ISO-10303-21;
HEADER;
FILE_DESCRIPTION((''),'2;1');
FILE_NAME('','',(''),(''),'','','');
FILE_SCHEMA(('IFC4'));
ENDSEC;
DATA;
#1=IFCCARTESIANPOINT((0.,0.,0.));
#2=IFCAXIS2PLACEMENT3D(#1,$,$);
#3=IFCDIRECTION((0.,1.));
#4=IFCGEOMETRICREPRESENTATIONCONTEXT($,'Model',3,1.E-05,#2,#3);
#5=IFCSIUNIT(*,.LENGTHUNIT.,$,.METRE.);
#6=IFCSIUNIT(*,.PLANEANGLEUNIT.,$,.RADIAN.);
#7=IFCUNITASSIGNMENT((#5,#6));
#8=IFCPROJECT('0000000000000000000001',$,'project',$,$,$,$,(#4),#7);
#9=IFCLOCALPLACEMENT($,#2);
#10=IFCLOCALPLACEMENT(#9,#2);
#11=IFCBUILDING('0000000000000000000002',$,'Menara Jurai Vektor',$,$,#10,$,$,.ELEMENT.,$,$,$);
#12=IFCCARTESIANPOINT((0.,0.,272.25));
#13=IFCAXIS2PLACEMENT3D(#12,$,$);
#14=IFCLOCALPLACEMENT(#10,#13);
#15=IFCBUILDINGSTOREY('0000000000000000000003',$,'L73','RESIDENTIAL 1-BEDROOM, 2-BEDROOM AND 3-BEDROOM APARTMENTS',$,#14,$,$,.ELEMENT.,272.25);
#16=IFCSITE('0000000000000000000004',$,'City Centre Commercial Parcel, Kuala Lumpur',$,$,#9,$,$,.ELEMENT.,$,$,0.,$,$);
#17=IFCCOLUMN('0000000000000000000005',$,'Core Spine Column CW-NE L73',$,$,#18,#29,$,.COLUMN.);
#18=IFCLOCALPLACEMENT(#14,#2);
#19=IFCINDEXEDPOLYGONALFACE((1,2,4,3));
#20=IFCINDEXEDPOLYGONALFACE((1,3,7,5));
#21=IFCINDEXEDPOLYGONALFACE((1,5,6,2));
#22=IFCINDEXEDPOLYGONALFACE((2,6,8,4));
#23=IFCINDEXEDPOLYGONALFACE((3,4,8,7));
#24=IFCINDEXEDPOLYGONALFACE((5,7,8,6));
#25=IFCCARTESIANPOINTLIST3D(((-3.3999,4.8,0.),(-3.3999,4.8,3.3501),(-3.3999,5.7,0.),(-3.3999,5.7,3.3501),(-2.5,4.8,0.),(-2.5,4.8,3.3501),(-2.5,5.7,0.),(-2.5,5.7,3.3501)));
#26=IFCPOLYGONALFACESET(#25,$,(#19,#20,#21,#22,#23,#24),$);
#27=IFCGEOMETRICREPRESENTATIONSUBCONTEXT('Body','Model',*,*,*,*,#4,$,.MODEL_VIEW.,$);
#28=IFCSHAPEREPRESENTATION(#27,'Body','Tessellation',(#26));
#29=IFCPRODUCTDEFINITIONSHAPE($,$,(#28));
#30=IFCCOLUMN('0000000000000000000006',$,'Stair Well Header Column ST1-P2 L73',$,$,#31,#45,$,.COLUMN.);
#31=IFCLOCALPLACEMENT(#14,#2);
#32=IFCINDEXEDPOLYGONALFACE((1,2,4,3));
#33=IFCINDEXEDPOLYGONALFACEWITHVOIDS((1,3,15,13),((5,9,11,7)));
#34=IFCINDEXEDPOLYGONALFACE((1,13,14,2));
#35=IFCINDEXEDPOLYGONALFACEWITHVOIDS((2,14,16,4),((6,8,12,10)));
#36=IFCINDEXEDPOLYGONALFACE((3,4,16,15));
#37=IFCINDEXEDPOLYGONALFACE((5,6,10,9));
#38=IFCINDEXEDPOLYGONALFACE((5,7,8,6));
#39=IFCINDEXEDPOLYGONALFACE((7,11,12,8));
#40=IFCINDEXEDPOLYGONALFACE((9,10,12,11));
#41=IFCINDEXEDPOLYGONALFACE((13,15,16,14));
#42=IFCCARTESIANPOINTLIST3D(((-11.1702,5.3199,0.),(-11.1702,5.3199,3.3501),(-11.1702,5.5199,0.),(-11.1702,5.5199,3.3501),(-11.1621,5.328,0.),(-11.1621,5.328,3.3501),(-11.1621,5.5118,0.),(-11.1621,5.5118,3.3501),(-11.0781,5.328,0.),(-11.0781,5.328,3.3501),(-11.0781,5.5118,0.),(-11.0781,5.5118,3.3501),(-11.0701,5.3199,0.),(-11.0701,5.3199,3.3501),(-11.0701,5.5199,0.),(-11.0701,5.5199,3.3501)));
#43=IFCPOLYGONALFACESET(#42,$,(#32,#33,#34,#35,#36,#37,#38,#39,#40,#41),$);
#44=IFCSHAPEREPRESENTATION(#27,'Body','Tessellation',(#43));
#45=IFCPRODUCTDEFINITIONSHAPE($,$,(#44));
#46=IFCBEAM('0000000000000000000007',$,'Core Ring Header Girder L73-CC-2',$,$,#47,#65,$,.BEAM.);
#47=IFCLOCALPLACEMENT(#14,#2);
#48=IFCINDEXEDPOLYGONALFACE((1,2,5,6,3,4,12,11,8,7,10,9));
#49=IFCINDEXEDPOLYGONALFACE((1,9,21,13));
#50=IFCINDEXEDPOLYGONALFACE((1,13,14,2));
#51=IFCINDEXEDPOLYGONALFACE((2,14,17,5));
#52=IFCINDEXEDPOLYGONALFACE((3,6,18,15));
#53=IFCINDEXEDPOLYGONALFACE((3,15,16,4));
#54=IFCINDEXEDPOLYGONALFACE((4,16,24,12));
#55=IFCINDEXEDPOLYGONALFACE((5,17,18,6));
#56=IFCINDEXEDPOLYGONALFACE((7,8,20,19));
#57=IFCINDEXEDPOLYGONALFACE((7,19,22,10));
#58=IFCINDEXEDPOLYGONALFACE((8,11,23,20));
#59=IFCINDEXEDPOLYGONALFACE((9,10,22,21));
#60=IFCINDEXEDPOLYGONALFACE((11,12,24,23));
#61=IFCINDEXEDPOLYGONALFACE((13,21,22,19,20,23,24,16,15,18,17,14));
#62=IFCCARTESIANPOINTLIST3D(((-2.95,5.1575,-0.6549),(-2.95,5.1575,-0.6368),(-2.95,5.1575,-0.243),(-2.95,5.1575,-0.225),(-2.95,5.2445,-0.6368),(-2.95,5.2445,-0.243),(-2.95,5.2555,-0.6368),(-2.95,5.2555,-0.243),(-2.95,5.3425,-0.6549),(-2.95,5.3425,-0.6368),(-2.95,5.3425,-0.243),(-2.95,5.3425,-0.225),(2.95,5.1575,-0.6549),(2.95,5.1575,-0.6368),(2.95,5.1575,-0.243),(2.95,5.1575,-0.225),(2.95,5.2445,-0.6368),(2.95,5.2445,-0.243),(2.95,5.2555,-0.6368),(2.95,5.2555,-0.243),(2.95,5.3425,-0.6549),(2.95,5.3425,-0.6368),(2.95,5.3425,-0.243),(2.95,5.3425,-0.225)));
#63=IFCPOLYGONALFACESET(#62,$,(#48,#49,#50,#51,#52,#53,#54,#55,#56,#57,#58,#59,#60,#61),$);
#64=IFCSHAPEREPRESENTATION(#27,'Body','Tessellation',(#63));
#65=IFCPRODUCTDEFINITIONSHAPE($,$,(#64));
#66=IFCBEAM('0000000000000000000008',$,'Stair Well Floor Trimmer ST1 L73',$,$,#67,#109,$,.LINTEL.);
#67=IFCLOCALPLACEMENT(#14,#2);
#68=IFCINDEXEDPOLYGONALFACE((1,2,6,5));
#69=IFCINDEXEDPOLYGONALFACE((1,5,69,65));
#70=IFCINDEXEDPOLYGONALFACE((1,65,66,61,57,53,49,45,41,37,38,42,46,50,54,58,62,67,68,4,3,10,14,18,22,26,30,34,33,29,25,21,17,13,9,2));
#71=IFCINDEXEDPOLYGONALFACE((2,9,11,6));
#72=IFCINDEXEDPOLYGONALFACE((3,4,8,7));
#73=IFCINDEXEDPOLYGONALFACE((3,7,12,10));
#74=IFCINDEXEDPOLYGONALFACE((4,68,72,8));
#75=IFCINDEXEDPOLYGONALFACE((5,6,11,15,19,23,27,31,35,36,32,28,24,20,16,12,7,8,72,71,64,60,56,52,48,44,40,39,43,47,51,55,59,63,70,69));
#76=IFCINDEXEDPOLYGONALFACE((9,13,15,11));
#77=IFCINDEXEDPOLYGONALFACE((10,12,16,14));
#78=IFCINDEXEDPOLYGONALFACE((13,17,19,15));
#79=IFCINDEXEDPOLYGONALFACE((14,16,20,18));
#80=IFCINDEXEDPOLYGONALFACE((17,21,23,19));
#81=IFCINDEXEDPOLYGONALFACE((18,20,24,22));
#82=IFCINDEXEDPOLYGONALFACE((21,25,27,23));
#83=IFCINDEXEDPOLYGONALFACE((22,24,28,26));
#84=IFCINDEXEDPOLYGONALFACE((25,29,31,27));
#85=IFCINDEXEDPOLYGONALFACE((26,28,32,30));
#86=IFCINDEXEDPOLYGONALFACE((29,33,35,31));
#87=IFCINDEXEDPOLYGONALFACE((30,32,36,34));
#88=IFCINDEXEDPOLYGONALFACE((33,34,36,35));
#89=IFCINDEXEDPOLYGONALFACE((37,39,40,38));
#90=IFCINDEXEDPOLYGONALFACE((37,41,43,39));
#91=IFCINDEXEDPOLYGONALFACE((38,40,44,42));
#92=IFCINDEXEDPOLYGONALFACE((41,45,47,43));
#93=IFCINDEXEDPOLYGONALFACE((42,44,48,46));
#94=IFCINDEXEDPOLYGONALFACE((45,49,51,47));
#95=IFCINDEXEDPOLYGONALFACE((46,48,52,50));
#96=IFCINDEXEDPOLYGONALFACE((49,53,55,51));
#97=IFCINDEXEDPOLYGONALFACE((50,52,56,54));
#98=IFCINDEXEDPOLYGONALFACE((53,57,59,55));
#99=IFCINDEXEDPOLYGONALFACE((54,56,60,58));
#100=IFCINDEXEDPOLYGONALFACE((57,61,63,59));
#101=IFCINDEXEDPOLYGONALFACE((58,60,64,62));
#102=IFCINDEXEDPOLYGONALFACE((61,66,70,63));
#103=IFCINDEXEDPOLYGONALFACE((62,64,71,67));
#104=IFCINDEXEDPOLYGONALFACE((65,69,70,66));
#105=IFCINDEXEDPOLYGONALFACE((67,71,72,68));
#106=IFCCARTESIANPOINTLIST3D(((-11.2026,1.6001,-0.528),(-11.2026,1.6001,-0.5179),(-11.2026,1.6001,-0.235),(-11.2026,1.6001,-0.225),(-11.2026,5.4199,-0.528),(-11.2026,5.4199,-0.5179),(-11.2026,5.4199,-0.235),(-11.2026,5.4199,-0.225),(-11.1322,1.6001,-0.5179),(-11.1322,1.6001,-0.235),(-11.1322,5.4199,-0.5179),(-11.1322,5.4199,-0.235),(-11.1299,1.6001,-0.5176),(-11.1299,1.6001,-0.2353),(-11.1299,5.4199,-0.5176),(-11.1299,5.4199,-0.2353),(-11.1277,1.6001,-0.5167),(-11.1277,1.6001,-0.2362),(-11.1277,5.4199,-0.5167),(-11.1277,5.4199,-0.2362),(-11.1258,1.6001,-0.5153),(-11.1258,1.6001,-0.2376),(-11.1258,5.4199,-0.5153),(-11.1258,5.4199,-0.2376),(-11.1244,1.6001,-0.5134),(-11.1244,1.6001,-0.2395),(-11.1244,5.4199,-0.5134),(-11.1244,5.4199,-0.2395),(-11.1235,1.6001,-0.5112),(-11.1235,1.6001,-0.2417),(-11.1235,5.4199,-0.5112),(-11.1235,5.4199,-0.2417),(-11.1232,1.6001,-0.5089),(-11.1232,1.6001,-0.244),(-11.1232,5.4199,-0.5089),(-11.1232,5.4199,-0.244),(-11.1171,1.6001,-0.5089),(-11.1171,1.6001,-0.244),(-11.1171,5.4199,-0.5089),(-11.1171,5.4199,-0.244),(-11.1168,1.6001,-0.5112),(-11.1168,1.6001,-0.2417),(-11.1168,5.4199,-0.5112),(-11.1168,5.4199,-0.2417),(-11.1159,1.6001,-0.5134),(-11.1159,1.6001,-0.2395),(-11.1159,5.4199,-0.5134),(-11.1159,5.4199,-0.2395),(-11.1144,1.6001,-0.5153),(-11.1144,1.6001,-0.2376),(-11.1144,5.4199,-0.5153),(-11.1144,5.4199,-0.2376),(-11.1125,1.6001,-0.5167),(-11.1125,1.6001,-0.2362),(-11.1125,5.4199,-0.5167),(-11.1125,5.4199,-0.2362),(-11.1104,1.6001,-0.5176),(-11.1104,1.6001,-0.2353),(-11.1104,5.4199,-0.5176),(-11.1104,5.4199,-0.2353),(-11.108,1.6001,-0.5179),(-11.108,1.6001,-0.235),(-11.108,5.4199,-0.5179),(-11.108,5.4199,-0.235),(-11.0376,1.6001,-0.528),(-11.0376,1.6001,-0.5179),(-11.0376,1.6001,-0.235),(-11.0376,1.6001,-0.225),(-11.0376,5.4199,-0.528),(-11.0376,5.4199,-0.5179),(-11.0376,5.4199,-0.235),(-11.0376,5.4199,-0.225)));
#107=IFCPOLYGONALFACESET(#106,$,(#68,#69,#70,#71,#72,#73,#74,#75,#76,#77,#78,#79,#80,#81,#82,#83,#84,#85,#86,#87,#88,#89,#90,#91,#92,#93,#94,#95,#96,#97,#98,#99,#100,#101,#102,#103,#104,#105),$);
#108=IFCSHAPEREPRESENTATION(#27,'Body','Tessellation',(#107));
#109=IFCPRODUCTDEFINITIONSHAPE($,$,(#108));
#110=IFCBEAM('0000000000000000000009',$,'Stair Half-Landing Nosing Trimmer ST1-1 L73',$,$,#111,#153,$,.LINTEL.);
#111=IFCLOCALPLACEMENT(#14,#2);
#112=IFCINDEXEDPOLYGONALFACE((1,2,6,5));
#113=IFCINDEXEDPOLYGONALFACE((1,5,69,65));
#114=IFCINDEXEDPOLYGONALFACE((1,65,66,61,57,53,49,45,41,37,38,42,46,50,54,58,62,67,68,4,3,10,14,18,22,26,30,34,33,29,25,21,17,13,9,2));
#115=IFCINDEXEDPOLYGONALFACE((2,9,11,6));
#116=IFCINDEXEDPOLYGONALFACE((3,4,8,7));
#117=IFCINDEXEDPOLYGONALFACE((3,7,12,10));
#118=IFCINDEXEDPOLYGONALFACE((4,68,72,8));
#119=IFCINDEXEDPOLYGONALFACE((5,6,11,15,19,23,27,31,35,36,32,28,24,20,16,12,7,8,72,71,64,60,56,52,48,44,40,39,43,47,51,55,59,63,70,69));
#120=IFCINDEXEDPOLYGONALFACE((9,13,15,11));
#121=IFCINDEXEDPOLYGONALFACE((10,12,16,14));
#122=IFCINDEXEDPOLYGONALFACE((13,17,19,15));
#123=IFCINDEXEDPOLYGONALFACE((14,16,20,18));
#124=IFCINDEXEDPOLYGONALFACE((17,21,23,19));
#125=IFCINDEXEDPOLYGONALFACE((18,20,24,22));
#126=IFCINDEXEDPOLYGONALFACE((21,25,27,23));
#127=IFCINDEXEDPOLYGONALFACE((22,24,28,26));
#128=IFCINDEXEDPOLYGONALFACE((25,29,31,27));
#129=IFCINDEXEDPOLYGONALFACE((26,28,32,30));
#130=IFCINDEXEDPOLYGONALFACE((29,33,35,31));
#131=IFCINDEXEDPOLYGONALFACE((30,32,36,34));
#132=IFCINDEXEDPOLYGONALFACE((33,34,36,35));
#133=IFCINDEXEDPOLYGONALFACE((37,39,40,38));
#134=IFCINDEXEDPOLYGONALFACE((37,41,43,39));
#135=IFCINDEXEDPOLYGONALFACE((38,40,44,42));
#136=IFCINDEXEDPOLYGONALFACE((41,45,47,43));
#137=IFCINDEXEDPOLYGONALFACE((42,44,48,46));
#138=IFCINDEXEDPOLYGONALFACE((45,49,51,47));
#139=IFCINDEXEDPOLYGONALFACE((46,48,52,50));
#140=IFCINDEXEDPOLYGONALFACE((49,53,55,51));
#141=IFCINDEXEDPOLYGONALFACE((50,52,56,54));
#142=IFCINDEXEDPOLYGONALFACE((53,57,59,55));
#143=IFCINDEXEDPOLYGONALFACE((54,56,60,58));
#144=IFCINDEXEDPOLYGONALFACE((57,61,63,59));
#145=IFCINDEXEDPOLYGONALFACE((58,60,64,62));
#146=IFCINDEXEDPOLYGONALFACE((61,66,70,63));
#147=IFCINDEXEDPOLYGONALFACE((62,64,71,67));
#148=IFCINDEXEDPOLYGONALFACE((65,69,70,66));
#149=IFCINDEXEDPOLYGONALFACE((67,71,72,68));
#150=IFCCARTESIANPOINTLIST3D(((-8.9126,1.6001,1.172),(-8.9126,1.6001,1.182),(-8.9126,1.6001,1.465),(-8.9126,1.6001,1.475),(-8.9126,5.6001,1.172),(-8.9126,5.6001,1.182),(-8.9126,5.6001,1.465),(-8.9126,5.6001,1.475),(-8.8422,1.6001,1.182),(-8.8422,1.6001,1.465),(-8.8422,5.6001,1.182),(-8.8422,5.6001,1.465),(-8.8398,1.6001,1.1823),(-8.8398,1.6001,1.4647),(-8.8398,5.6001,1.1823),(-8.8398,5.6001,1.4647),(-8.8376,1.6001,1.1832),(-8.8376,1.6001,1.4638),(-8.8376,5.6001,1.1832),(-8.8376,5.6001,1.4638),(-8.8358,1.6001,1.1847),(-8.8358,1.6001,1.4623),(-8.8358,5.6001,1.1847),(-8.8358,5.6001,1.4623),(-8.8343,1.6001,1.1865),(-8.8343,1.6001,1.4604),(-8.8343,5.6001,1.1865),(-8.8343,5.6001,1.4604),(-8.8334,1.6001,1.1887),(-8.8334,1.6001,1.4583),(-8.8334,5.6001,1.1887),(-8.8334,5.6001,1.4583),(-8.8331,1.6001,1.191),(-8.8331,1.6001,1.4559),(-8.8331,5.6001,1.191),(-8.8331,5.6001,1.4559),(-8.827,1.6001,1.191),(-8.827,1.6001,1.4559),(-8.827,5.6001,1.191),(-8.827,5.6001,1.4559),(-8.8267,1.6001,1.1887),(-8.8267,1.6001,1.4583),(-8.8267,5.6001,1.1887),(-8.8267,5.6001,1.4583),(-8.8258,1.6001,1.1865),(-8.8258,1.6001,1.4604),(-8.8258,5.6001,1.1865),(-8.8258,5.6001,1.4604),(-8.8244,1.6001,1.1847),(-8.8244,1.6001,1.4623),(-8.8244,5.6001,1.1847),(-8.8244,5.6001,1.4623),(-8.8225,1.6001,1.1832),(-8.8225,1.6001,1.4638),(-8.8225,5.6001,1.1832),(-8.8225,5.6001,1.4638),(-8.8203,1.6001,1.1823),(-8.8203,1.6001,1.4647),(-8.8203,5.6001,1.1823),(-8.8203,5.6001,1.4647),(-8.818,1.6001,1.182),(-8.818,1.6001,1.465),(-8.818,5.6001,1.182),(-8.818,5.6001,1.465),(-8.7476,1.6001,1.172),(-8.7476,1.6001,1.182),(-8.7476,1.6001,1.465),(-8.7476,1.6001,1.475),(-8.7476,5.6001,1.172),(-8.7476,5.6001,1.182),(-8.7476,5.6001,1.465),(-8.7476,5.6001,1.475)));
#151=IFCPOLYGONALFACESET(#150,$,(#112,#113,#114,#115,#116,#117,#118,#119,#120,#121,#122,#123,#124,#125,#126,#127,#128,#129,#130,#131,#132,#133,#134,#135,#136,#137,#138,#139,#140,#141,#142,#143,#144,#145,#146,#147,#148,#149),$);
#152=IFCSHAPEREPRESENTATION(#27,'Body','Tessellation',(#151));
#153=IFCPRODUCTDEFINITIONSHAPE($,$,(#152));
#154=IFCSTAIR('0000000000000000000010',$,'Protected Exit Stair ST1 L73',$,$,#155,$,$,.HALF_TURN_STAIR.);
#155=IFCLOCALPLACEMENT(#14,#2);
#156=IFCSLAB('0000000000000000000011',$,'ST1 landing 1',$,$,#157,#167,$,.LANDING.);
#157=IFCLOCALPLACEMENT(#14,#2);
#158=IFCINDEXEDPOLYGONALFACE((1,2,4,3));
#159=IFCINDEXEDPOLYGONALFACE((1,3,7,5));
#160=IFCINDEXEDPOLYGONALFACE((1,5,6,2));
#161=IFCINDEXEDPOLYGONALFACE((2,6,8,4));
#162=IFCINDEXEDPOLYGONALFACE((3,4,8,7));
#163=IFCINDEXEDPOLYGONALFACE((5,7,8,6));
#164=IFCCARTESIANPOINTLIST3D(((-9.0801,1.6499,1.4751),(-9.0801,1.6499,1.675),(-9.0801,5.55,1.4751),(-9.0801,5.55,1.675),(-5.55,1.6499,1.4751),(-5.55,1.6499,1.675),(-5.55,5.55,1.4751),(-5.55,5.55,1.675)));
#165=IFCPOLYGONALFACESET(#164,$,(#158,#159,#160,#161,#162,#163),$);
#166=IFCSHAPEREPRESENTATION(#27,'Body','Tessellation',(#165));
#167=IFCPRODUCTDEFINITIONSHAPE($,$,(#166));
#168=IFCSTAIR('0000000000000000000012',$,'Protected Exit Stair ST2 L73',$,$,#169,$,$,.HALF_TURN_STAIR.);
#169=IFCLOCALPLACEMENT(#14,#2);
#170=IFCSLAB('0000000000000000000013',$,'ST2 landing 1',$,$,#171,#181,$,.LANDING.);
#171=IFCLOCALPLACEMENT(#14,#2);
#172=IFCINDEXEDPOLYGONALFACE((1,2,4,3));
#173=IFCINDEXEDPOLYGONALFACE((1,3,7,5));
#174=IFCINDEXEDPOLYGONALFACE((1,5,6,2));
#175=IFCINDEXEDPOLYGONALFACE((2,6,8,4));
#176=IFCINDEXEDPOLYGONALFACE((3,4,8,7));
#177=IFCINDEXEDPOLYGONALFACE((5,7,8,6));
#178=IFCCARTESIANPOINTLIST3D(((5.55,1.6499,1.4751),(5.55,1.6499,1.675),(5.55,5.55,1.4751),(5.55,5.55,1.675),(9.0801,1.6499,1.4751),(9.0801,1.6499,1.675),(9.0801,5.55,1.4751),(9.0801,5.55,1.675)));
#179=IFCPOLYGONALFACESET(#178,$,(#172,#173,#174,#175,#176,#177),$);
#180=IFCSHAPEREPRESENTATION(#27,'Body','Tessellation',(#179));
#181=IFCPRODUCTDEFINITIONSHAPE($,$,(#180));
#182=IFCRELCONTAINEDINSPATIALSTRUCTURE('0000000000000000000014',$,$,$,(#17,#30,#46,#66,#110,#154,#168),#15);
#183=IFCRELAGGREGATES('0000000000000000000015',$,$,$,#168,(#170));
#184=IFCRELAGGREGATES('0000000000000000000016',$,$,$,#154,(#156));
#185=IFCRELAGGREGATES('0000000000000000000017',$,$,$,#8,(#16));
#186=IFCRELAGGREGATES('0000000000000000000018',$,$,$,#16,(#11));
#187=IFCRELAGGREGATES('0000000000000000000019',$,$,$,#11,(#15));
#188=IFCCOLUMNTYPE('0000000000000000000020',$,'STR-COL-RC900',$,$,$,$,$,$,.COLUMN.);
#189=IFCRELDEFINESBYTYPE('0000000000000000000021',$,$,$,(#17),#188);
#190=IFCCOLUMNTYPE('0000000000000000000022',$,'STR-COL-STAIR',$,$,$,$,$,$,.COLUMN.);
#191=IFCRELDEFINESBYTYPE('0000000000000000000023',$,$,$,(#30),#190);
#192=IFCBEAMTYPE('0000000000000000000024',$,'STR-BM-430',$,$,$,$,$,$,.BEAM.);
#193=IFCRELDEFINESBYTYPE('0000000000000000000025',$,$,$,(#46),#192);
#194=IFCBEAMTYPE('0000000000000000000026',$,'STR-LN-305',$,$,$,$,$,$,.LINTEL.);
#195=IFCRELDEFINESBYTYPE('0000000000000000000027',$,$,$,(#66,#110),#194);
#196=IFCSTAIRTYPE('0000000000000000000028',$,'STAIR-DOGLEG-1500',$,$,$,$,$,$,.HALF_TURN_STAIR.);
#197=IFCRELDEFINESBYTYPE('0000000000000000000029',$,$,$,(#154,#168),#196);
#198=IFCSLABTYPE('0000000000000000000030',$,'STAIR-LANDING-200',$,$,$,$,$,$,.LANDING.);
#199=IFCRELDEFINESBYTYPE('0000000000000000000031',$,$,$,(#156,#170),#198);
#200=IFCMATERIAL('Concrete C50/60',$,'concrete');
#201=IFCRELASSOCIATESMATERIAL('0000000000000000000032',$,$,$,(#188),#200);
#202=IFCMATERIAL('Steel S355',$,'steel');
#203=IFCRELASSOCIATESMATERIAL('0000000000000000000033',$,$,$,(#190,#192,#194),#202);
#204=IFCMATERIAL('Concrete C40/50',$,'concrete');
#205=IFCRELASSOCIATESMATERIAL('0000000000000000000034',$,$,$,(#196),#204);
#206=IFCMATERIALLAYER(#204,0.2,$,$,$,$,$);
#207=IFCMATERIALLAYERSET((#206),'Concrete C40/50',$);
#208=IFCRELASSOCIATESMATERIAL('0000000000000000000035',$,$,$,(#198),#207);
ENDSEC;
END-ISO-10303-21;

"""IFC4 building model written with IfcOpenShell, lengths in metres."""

from ifc_helpers import new_model, si_unit, direction, frame, origin, origin_2d, place, context, subcontext, project, spatial, polyline, rectangle, hollow_rectangle, i_section, outline, extrude, material, layer, layer_set, material_profile, profile_set, type_object, element, aggregate, save


model = new_model("IFC4")

# Units and contexts
model_context = context("Model", 3, precision=1e-05, world=origin(), true_north=direction((0.0, 1.0)))
body_context = subcontext(model_context, "Body", "Model", "MODEL_VIEW")
ifc_project = project(units=[si_unit("LENGTHUNIT", "METRE"), si_unit("PLANEANGLEUNIT", "RADIAN")], contexts=[model_context])

# Site, building, storey
site_placement = place(None, origin())
site = spatial("IfcSite", under=ifc_project, at=site_placement, Name="City Centre Commercial Parcel, Kuala Lumpur", CompositionType="ELEMENT", RefElevation=0.0)
building_placement = place(site_placement, origin())
building = spatial("IfcBuilding", under=site, at=building_placement, Name="Menara Jurai Vektor", CompositionType="ELEMENT")
storey_placement = place(building_placement, frame((0.0, 0.0, 272.25)))
storey = spatial("IfcBuildingStorey", under=building, at=storey_placement, Name="L73", Description="RESIDENTIAL 1-BEDROOM, 2-BEDROOM AND 3-BEDROOM APARTMENTS", CompositionType="ELEMENT", Elevation=272.25)

# Columns
ifc_material_1 = material(Name="Concrete C50/60", Category="concrete")
ifc_material_profile_1 = material_profile(ifc_material_1, rectangle(XDim=0.8999, YDim=0.8999, at=origin_2d()), Name="RC 900x900")
ifc_profile_set_1 = profile_set([ifc_material_profile_1], Name="Concrete C50/60")
column_type_1 = type_object("IfcColumnType", Name="STR-COL-RC900", PredefinedType="COLUMN", material=ifc_profile_set_1)
column_1_placement = place(storey_placement, frame((-2.95, 5.25, 0.0), z_axis=(0.0, 0.0, 1.0), x_axis=(1.0, 0.0, 0.0)))
element("IfcColumn", 1, at=column_1_placement, inside=storey, type_object=column_type_1, Name="Core Spine Column CW-NE L73", PredefinedType="COLUMN", context=body_context, shape_type="SweptSolid", body=[
    extrude(rectangle(XDim=0.8999, YDim=0.8999, at=origin_2d()), origin(), (0.0, 0.0, 1.0), 3.3501),
])
ifc_material_2 = material(Name="Steel S355", Category="steel")
ifc_material_profile_2 = material_profile(ifc_material_2, hollow_rectangle(XDim=0.1001, YDim=0.2, WallThickness=0.0081, at=origin_2d()), Name="RHS 200x100x8")
ifc_profile_set_2 = profile_set([ifc_material_profile_2], Name="Steel S355")
column_type_2 = type_object("IfcColumnType", Name="STR-COL-STAIR", PredefinedType="COLUMN", material=ifc_profile_set_2)
column_2_placement = place(storey_placement, frame((-11.1201, 5.4199, 0.0), z_axis=(0.0, 0.0, 1.0), x_axis=(1.0, 0.0, 0.0)))
element("IfcColumn", 2, at=column_2_placement, inside=storey, type_object=column_type_2, Name="Stair Well Header Column ST1-P2 L73", PredefinedType="COLUMN", context=body_context, shape_type="SweptSolid", body=[
    extrude(hollow_rectangle(XDim=0.1001, YDim=0.2, WallThickness=0.0081, at=origin_2d()), origin(), (0.0, 0.0, 1.0), 3.3501),
])

# Beams
ifc_material_profile_3 = material_profile(ifc_material_2, i_section(OverallWidth=0.1851, OverallDepth=0.4299, WebThickness=0.011, FlangeThickness=0.0181, at=origin_2d()), Name="PG 430x185x76")
ifc_profile_set_3 = profile_set([ifc_material_profile_3], Name="Steel S355")
beam_type_1 = type_object("IfcBeamType", Name="STR-BM-430", PredefinedType="BEAM", material=ifc_profile_set_3)
beam_1_placement = place(storey_placement, frame((-2.95, 5.25, -0.4399), z_axis=(1.0, 0.0, 0.0), x_axis=(0.0, 1.0, 0.0)))
element("IfcBeam", 3, at=beam_1_placement, inside=storey, type_object=beam_type_1, Name="Core Ring Header Girder L73-CC-2", PredefinedType="BEAM", context=body_context, shape_type="SweptSolid", body=[
    extrude(i_section(OverallWidth=0.1851, OverallDepth=0.4299, WebThickness=0.011, FlangeThickness=0.0181, at=origin_2d()), origin(), (0.0, 0.0, 1.0), 5.8999),
])
ifc_material_profile_4 = material_profile(ifc_material_2, i_section(OverallWidth=0.165, OverallDepth=0.303, WebThickness=0.0061, FlangeThickness=0.01, FilletRadius=0.009, at=origin_2d()), Name="UKB 305x165x40")
ifc_profile_set_4 = profile_set([ifc_material_profile_4], Name="Steel S355")
beam_type_2 = type_object("IfcBeamType", Name="STR-LN-305", PredefinedType="LINTEL", material=ifc_profile_set_4)
beam_2_placement = place(storey_placement, frame((-11.1201, 1.6001, -0.3765), z_axis=(0.0, 1.0, 0.0), x_axis=(-1.0, 0.0, 0.0)))
element("IfcBeam", 4, at=beam_2_placement, inside=storey, type_object=beam_type_2, Name="Stair Well Floor Trimmer ST1 L73", PredefinedType="LINTEL", context=body_context, shape_type="SweptSolid", body=[
    extrude(i_section(OverallWidth=0.165, OverallDepth=0.303, WebThickness=0.0061, FlangeThickness=0.01, FilletRadius=0.009, at=origin_2d()), origin(), (0.0, 0.0, 1.0), 3.8198),
])
beam_3_placement = place(storey_placement, frame((-8.8301, 1.6001, 1.3235), z_axis=(0.0, 1.0, 0.0), x_axis=(-1.0, 0.0, 0.0)))
element("IfcBeam", 5, at=beam_3_placement, inside=storey, type_object=beam_type_2, Name="Stair Half-Landing Nosing Trimmer ST1-1 L73", PredefinedType="LINTEL", context=body_context, shape_type="SweptSolid", body=[
    extrude(i_section(OverallWidth=0.165, OverallDepth=0.303, WebThickness=0.0061, FlangeThickness=0.01, FilletRadius=0.009, at=origin_2d()), origin(), (0.0, 0.0, 1.0), 4.0),
])

# Stairs, slabs
ifc_material_3 = material(Name="Concrete C40/50", Category="concrete")
stair_type = type_object("IfcStairType", Name="STAIR-DOGLEG-1500", PredefinedType="HALF_TURN_STAIR", material=ifc_material_3)
stair_1_placement = place(storey_placement, origin())
stair_1 = element("IfcStair", 6, at=stair_1_placement, inside=storey, type_object=stair_type, Name="Protected Exit Stair ST1 L73", PredefinedType="HALF_TURN_STAIR")
ifc_layer_1 = layer(ifc_material_3, 0.2)
ifc_layer_set_1 = layer_set([ifc_layer_1], Name="Concrete C40/50")
slab_type_1 = type_object("IfcSlabType", Name="STAIR-LANDING-200", PredefinedType="LANDING", material=ifc_layer_set_1)
slab_1_placement = place(storey_placement, frame((0.0, 0.0, 1.4751)))
slab_1 = element("IfcSlab", 7, at=slab_1_placement, type_object=slab_type_1, Name="ST1 landing 1", PredefinedType="LANDING", context=body_context, shape_type="SweptSolid", body=[
    extrude(outline(polyline([(-9.0801, 1.6499), (-5.55, 1.6499), (-5.55, 5.55), (-9.0801, 5.55), (-9.0801, 1.6499)])), origin(), (0.0, 0.0, 1.0), 0.2),
])
stair_2_placement = place(storey_placement, origin())
stair_2 = element("IfcStair", 8, at=stair_2_placement, inside=storey, type_object=stair_type, Name="Protected Exit Stair ST2 L73", PredefinedType="HALF_TURN_STAIR")
slab_2_placement = place(storey_placement, frame((0.0, 0.0, 1.4751)))
slab_2 = element("IfcSlab", 9, at=slab_2_placement, type_object=slab_type_1, Name="ST2 landing 1", PredefinedType="LANDING", context=body_context, shape_type="SweptSolid", body=[
    extrude(outline(polyline([(5.55, 1.6499), (9.0801, 1.6499), (9.0801, 5.55), (5.55, 5.55), (5.55, 1.6499)])), origin(), (0.0, 0.0, 1.0), 0.2),
])
aggregate(stair_2, [slab_2])

aggregate(stair_1, [slab_1])

save(model, "model.ifc")
